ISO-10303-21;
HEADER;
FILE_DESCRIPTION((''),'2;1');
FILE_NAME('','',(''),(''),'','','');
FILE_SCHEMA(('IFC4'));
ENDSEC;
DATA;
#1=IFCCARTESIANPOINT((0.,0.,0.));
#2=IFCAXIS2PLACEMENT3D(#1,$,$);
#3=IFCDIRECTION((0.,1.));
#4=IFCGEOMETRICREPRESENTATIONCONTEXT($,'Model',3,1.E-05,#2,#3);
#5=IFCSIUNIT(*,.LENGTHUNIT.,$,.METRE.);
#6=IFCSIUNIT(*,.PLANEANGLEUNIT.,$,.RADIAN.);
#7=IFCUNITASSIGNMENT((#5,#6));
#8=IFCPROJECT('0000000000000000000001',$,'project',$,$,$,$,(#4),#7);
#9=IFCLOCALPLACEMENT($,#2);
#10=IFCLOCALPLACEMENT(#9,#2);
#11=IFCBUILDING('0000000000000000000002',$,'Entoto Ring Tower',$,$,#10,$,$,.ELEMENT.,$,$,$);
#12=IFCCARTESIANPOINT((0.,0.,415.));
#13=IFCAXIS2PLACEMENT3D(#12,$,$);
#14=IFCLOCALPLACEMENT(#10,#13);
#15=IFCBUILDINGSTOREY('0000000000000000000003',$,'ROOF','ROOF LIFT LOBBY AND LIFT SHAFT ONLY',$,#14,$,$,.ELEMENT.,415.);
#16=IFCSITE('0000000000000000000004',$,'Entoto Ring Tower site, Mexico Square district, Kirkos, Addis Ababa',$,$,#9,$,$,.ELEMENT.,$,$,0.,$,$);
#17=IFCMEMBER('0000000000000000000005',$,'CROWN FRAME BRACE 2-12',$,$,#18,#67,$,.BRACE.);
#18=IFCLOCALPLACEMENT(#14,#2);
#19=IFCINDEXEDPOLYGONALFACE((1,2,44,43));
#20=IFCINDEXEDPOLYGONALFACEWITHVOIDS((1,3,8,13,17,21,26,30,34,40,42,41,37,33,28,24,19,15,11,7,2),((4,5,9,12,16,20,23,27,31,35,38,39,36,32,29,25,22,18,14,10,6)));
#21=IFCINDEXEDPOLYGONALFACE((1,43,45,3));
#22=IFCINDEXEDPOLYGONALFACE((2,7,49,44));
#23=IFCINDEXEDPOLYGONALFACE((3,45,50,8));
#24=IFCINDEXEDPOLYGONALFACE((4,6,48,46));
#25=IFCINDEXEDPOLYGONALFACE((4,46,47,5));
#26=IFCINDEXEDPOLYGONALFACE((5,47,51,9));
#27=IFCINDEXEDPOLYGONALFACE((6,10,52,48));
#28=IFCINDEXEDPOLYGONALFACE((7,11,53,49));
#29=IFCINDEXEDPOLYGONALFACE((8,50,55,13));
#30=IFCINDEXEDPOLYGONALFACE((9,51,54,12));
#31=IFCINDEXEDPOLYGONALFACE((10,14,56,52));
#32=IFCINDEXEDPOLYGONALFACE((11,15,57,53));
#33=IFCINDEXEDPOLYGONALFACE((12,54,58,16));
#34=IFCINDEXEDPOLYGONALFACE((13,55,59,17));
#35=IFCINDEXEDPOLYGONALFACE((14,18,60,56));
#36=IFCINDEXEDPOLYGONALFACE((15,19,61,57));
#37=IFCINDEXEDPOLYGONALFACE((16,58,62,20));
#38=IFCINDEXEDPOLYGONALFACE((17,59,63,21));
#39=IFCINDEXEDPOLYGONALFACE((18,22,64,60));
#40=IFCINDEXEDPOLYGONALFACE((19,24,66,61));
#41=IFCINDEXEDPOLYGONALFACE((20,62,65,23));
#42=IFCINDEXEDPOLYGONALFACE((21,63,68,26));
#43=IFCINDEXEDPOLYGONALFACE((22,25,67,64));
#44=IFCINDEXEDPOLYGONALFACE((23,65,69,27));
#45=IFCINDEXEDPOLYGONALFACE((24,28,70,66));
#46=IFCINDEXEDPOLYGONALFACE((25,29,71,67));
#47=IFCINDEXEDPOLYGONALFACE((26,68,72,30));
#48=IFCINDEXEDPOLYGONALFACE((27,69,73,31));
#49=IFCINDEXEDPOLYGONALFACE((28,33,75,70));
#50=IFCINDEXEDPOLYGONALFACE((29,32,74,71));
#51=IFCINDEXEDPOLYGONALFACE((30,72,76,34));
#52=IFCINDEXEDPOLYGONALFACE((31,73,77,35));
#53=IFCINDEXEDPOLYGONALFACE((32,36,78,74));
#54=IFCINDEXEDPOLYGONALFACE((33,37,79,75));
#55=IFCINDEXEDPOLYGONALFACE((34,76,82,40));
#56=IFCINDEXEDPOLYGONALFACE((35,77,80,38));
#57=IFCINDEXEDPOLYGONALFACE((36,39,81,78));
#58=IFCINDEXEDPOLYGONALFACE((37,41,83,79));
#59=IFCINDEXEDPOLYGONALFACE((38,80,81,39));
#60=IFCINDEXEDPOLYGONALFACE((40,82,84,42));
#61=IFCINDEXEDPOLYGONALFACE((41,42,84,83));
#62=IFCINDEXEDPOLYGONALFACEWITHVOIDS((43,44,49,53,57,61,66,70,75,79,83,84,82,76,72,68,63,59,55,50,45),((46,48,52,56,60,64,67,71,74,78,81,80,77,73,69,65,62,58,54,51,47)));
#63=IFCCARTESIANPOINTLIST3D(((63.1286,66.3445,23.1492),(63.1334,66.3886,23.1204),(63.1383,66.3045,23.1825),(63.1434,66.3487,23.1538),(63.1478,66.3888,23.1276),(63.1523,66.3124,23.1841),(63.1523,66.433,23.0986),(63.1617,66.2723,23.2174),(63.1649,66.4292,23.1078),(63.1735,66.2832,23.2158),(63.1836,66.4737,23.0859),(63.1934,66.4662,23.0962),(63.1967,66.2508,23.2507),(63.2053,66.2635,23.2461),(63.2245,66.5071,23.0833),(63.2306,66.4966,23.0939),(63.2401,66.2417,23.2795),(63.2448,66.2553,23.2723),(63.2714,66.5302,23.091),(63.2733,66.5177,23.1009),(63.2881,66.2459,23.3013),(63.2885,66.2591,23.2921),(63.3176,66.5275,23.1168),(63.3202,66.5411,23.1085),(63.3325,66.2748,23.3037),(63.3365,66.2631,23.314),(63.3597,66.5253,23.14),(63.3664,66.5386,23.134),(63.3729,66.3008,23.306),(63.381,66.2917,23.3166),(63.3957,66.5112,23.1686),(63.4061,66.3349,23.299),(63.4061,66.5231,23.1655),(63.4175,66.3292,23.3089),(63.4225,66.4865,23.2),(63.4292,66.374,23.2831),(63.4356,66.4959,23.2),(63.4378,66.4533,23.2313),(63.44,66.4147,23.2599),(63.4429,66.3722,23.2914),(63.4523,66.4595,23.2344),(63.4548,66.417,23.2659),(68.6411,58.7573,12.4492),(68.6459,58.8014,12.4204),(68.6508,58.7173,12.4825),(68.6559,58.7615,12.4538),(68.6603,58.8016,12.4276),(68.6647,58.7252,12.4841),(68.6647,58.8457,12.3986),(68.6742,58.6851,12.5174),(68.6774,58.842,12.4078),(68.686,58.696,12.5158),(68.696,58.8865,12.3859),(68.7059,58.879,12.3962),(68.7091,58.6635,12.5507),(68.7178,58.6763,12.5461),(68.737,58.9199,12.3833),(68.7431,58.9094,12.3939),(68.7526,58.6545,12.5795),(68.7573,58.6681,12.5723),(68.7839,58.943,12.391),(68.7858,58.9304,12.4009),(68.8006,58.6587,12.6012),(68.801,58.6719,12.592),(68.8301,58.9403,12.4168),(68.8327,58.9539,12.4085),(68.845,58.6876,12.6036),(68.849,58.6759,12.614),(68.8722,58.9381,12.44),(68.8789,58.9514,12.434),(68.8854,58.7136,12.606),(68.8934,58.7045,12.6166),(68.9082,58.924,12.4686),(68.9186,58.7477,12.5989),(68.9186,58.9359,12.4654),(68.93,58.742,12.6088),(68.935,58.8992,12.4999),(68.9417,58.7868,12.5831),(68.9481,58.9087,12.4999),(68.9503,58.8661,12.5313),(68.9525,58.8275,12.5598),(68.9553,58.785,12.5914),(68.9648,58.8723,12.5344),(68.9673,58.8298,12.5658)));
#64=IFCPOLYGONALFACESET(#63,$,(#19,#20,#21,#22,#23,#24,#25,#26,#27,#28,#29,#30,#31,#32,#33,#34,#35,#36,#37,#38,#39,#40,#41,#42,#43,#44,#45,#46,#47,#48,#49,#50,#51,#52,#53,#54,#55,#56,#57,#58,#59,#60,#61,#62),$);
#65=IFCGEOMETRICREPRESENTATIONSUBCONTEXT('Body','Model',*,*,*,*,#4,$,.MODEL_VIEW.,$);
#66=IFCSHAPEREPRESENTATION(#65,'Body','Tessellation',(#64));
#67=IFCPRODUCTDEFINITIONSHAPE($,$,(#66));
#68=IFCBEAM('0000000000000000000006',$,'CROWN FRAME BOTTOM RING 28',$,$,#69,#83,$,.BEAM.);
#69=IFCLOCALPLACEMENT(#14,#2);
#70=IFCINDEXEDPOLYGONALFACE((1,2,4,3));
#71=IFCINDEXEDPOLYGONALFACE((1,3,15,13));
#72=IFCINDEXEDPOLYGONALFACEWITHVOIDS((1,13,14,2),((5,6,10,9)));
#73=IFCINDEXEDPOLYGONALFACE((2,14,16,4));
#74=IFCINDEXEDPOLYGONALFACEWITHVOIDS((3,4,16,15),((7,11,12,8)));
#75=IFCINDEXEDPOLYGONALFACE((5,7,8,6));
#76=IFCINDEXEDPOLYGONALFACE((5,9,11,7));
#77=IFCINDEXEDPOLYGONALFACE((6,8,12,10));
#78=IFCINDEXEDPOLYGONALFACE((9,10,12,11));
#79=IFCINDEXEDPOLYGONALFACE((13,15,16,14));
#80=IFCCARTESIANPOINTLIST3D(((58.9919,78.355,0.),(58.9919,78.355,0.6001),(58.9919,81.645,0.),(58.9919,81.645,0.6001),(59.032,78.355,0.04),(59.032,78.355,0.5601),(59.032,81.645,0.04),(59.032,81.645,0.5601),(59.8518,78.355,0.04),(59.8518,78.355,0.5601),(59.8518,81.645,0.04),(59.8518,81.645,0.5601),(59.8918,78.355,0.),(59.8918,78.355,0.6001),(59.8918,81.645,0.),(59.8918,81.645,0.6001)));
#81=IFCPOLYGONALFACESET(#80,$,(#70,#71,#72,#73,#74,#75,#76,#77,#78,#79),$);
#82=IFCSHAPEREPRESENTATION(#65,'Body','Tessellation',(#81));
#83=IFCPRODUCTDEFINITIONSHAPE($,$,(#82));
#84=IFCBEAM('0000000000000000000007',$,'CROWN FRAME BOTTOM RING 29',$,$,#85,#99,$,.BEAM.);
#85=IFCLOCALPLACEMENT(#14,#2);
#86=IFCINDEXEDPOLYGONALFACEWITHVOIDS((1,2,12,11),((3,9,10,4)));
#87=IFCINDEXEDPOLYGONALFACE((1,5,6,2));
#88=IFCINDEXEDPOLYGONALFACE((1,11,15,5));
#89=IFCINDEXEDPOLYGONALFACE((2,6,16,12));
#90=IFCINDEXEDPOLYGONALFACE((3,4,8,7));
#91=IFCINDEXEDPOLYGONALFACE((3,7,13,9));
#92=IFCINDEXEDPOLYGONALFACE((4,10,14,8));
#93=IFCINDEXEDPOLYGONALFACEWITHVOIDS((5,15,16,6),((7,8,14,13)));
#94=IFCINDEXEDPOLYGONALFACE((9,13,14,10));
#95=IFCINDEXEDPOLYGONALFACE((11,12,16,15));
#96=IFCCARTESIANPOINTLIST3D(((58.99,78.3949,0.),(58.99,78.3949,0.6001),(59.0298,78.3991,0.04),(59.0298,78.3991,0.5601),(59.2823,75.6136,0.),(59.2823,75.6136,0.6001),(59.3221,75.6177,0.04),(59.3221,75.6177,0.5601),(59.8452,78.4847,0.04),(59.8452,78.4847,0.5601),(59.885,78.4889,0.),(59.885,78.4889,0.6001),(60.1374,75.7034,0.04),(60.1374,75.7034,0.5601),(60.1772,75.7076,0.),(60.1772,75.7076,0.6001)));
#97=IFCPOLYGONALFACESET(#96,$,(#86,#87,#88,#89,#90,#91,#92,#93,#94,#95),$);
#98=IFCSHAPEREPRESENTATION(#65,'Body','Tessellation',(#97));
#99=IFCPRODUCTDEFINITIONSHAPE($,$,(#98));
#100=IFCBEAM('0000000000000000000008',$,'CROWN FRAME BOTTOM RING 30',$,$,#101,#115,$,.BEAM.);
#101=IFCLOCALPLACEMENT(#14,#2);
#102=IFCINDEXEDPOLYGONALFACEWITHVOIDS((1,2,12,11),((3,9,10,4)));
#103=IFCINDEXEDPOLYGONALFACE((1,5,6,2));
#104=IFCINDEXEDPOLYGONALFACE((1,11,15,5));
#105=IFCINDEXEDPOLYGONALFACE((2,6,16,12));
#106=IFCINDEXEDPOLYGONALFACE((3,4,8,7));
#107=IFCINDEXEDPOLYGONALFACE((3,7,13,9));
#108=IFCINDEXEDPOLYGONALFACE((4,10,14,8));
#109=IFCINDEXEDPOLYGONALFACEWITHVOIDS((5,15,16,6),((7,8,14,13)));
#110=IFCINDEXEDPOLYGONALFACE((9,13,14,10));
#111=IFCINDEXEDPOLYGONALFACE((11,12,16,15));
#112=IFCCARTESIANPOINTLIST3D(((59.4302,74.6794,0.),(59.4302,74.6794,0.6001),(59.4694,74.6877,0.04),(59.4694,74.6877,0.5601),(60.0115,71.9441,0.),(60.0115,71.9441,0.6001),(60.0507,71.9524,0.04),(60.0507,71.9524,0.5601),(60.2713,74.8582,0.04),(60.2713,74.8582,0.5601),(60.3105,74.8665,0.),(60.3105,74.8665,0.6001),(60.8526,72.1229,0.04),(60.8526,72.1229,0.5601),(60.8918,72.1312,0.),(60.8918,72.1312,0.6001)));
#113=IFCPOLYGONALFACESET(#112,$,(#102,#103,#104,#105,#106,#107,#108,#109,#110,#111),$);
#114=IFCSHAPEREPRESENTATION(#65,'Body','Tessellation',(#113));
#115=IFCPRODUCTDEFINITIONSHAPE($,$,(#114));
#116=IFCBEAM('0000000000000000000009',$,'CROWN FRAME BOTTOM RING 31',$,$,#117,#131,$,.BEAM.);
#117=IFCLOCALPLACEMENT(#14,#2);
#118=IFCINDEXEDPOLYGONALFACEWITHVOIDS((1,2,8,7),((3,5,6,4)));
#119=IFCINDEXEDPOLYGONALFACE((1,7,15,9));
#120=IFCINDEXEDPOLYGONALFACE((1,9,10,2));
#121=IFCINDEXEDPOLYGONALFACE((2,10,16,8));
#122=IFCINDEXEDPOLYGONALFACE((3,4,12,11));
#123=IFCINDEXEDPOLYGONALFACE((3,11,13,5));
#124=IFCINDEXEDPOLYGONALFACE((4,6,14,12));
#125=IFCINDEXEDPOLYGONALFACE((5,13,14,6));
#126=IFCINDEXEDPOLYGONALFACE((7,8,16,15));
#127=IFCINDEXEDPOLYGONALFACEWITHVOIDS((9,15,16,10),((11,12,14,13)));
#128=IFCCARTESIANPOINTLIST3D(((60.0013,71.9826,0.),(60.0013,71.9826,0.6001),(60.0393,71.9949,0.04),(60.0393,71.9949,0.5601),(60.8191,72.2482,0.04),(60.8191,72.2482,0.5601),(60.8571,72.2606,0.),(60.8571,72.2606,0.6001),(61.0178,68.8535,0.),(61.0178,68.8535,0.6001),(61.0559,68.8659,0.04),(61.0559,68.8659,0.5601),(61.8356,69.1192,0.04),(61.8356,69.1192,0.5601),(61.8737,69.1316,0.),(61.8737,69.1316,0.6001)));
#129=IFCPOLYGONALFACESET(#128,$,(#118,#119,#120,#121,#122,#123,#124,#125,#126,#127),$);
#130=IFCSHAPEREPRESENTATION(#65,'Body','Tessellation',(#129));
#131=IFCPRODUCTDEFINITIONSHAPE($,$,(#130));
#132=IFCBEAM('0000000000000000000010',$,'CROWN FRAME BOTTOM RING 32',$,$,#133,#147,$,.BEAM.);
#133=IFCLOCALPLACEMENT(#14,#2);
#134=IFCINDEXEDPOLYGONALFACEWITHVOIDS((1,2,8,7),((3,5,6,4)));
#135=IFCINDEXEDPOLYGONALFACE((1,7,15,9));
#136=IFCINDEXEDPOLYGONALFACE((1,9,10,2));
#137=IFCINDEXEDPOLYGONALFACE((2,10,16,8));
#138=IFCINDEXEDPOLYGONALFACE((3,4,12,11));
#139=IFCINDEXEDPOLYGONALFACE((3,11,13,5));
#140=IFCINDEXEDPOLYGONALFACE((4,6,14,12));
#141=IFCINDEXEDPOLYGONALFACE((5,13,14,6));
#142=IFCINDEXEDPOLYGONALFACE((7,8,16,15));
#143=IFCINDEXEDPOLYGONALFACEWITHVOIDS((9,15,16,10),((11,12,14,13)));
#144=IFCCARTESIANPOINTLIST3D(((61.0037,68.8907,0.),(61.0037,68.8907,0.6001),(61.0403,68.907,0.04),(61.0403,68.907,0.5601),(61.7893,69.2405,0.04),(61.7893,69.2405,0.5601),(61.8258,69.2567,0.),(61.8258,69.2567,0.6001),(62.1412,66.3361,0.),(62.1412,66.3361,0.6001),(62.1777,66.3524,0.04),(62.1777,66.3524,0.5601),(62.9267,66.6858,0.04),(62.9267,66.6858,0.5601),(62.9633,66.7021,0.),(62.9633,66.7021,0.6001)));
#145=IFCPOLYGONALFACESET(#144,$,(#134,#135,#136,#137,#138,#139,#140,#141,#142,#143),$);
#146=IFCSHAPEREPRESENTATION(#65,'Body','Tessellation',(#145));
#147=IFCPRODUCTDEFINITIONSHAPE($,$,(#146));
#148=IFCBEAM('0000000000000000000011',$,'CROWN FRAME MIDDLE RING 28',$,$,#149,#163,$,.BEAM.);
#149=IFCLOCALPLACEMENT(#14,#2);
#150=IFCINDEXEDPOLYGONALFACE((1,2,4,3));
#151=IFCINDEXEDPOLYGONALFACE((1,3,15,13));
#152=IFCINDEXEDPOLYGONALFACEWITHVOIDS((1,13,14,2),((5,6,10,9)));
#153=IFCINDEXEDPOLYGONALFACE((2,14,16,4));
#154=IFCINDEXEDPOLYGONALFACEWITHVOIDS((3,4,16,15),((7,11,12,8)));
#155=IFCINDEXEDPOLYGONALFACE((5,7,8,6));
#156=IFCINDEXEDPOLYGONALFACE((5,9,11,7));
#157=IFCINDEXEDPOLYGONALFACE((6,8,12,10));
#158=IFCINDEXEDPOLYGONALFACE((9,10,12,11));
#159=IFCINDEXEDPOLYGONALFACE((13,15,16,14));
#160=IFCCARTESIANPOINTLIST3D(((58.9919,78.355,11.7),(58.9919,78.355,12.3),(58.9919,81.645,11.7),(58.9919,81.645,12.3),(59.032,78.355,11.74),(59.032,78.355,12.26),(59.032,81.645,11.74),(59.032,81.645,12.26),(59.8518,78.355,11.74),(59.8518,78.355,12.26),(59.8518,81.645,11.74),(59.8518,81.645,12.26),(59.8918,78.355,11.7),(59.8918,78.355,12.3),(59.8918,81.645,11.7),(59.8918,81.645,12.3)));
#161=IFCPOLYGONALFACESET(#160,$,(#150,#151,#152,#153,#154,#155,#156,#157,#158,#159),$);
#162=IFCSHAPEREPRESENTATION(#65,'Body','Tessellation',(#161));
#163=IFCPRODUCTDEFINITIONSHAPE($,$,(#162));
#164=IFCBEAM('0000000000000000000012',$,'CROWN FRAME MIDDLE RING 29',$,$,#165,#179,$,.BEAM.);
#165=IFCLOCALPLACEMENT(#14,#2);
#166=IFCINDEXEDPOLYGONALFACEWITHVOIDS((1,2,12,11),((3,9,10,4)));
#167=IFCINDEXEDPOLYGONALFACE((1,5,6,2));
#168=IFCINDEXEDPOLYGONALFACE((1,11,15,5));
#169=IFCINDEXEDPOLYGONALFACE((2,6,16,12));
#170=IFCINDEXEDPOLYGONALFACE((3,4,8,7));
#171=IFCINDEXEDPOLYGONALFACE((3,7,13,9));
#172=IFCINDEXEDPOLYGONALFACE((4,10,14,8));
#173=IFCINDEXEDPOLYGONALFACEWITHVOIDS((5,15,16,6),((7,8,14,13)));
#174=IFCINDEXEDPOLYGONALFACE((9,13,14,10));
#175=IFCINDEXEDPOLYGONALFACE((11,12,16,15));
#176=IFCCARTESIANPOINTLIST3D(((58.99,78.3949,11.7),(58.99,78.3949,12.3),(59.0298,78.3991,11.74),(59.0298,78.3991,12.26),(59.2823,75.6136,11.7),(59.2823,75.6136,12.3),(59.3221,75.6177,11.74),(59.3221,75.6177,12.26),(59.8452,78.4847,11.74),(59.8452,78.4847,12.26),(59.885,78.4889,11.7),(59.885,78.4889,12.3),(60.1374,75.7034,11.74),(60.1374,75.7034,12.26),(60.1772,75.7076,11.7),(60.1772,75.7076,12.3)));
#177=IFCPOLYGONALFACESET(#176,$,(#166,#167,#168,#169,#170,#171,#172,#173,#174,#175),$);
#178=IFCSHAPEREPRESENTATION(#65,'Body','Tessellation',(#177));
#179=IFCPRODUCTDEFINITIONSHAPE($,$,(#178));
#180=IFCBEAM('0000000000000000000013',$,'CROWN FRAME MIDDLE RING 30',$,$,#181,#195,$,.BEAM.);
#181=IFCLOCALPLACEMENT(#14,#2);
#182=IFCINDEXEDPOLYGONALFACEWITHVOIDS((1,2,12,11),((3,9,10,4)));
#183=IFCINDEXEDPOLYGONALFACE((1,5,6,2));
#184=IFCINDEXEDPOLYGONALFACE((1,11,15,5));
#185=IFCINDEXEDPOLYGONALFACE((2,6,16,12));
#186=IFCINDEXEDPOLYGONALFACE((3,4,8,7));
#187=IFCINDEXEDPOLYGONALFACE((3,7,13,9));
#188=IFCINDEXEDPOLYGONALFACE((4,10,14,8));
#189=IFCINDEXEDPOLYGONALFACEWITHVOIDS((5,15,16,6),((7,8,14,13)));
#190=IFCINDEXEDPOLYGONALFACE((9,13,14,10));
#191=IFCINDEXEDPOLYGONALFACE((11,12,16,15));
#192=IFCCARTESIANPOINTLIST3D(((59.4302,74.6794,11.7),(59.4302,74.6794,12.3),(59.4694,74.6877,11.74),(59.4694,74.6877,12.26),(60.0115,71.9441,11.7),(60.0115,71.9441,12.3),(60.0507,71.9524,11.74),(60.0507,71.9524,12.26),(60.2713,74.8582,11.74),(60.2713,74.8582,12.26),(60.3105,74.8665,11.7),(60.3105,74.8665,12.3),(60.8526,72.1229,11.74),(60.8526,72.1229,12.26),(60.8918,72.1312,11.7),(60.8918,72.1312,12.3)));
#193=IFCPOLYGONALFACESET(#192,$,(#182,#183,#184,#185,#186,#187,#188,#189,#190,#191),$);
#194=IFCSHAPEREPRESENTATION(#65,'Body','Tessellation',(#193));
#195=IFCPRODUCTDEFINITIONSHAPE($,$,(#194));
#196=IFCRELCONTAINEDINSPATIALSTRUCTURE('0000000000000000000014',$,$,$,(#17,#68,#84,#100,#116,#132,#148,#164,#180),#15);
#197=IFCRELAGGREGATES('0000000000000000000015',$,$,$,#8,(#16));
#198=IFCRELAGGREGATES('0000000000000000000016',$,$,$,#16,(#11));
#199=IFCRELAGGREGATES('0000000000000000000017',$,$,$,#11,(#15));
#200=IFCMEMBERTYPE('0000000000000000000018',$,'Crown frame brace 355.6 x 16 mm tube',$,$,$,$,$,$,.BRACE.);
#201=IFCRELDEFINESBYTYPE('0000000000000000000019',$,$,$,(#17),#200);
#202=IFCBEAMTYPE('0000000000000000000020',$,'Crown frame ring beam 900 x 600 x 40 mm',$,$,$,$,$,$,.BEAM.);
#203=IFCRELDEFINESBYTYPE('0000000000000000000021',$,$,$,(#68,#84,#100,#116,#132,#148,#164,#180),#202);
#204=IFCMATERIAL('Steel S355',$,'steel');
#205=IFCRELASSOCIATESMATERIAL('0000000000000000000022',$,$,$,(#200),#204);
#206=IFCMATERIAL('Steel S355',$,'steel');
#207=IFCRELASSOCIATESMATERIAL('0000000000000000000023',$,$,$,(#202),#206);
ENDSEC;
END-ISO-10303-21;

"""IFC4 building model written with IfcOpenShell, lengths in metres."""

from ifc_helpers import new_model, si_unit, direction, frame, origin, origin_2d, place, context, subcontext, project, spatial, hollow_rectangle, hollow_circle, extrude, material, material_profile, profile_set, type_object, element, save


model = new_model("IFC4")

# Units and contexts
model_context = context("Model", 3, precision=1e-05, world=origin(), true_north=direction((0.0, 1.0)))
body_context = subcontext(model_context, "Body", "Model", "MODEL_VIEW")
ifc_project = project(units=[si_unit("LENGTHUNIT", "METRE"), si_unit("PLANEANGLEUNIT", "RADIAN")], contexts=[model_context])

# Site, building, storey
site_placement = place(None, origin())
site = spatial("IfcSite", under=ifc_project, at=site_placement, Name="Entoto Ring Tower site, Mexico Square district, Kirkos, Addis Ababa", CompositionType="ELEMENT", RefElevation=0.0)
building_placement = place(site_placement, origin())
building = spatial("IfcBuilding", under=site, at=building_placement, Name="Entoto Ring Tower", CompositionType="ELEMENT")
storey_placement = place(building_placement, frame((0.0, 0.0, 415.0)))
storey = spatial("IfcBuildingStorey", under=building, at=storey_placement, Name="ROOF", Description="ROOF LIFT LOBBY AND LIFT SHAFT ONLY", CompositionType="ELEMENT", Elevation=415.0)

# Member
ifc_material_1 = material(Name="Steel S355", Category="steel")
ifc_material_profile_1 = material_profile(ifc_material_1, hollow_circle(Radius=0.1775, WallThickness=0.0161, at=origin_2d()), Name="Crown frame brace 355.6 x 16 mm tube")
ifc_profile_set_1 = profile_set([ifc_material_profile_1], Name="Steel S355")
member_type_1 = type_object("IfcMemberType", Name="Crown frame brace 355.6 x 16 mm tube", PredefinedType="BRACE", material=ifc_profile_set_1)
member_1_placement = place(storey_placement, frame((63.292, 66.3916, 23.2), z_axis=(0.387432, -0.533249, -0.752025), x_axis=(0.809014, 0.587789, 0.0)))
element("IfcMember", 1, at=member_1_placement, inside=storey, type_object=member_type_1, Name="CROWN FRAME BRACE 2-12", PredefinedType="BRACE", context=body_context, shape_type="SweptSolid", body=[
    extrude(hollow_circle(Radius=0.1775, WallThickness=0.0161, at=origin_2d()), origin(), (0.0, 0.0, 1.0), 14.2283),
])

# Beams
ifc_material_2 = material(Name="Steel S355", Category="steel")
ifc_material_profile_2 = material_profile(ifc_material_2, hollow_rectangle(XDim=0.8999, YDim=0.6001, WallThickness=0.04, at=origin_2d()), Name="Crown frame ring beam 900 x 600 x 40 mm")
ifc_profile_set_2 = profile_set([ifc_material_profile_2], Name="Steel S355")
beam_type_1 = type_object("IfcBeamType", Name="Crown frame ring beam 900 x 600 x 40 mm", PredefinedType="BEAM", material=ifc_profile_set_2)
beam_1_placement = place(storey_placement, frame((59.4419, 81.645, 0.3), z_axis=(0.0, -1.0, 0.0), x_axis=(1.0, 0.0, 0.0)))
element("IfcBeam", 2, at=beam_1_placement, inside=storey, type_object=beam_type_1, Name="CROWN FRAME BOTTOM RING 28", PredefinedType="BEAM", context=body_context, shape_type="SweptSolid", body=[
    extrude(hollow_rectangle(XDim=0.8999, YDim=0.6001, WallThickness=0.04, at=origin_2d()), origin(), (0.0, 0.0, 1.0), 3.29),
])
beam_2_placement = place(storey_placement, frame((59.4375, 78.4419, 0.3), z_axis=(0.104498, -0.994525, 0.0), x_axis=(0.994525, 0.104498, 0.0)))
element("IfcBeam", 3, at=beam_2_placement, inside=storey, type_object=beam_type_1, Name="CROWN FRAME BOTTOM RING 29", PredefinedType="BEAM", context=body_context, shape_type="SweptSolid", body=[
    extrude(hollow_rectangle(XDim=0.8999, YDim=0.6001, WallThickness=0.04, at=origin_2d()), origin(), (0.0, 0.0, 1.0), 2.7966),
])
beam_3_placement = place(storey_placement, frame((59.8704, 74.7729, 0.3), z_axis=(0.207871, -0.978156, 0.0), x_axis=(0.978156, 0.207871, 0.0)))
element("IfcBeam", 4, at=beam_3_placement, inside=storey, type_object=beam_type_1, Name="CROWN FRAME BOTTOM RING 30", PredefinedType="BEAM", context=body_context, shape_type="SweptSolid", body=[
    extrude(hollow_rectangle(XDim=0.8999, YDim=0.6001, WallThickness=0.04, at=origin_2d()), origin(), (0.0, 0.0, 1.0), 2.7964),
])
beam_4_placement = place(storey_placement, frame((60.4292, 72.1216, 0.3), z_axis=(0.308984, -0.951067, 0.0), x_axis=(0.951067, 0.308984, 0.0)))
element("IfcBeam", 5, at=beam_4_placement, inside=storey, type_object=beam_type_1, Name="CROWN FRAME BOTTOM RING 31", PredefinedType="BEAM", context=body_context, shape_type="SweptSolid", body=[
    extrude(hollow_rectangle(XDim=0.8999, YDim=0.6001, WallThickness=0.04, at=origin_2d()), origin(), (0.0, 0.0, 1.0), 3.29),
])
beam_5_placement = place(storey_placement, frame((61.4148, 69.0737, 0.3), z_axis=(0.406746, -0.913541, 0.0), x_axis=(0.913541, 0.406746, 0.0)))
element("IfcBeam", 6, at=beam_5_placement, inside=storey, type_object=beam_type_1, Name="CROWN FRAME BOTTOM RING 32", PredefinedType="BEAM", context=body_context, shape_type="SweptSolid", body=[
    extrude(hollow_rectangle(XDim=0.8999, YDim=0.6001, WallThickness=0.04, at=origin_2d()), origin(), (0.0, 0.0, 1.0), 2.7964),
])
beam_6_placement = place(storey_placement, frame((59.4419, 81.645, 12.0), z_axis=(0.0, -1.0, 0.0), x_axis=(1.0, 0.0, 0.0)))
element("IfcBeam", 7, at=beam_6_placement, inside=storey, type_object=beam_type_1, Name="CROWN FRAME MIDDLE RING 28", PredefinedType="BEAM", context=body_context, shape_type="SweptSolid", body=[
    extrude(hollow_rectangle(XDim=0.8999, YDim=0.6001, WallThickness=0.04, at=origin_2d()), origin(), (0.0, 0.0, 1.0), 3.29),
])
beam_7_placement = place(storey_placement, frame((59.4375, 78.4419, 12.0), z_axis=(0.104498, -0.994525, 0.0), x_axis=(0.994525, 0.104498, 0.0)))
element("IfcBeam", 8, at=beam_7_placement, inside=storey, type_object=beam_type_1, Name="CROWN FRAME MIDDLE RING 29", PredefinedType="BEAM", context=body_context, shape_type="SweptSolid", body=[
    extrude(hollow_rectangle(XDim=0.8999, YDim=0.6001, WallThickness=0.04, at=origin_2d()), origin(), (0.0, 0.0, 1.0), 2.7966),
])
beam_8_placement = place(storey_placement, frame((59.8704, 74.7729, 12.0), z_axis=(0.207871, -0.978156, 0.0), x_axis=(0.978156, 0.207871, 0.0)))
element("IfcBeam", 9, at=beam_8_placement, inside=storey, type_object=beam_type_1, Name="CROWN FRAME MIDDLE RING 30", PredefinedType="BEAM", context=body_context, shape_type="SweptSolid", body=[
    extrude(hollow_rectangle(XDim=0.8999, YDim=0.6001, WallThickness=0.04, at=origin_2d()), origin(), (0.0, 0.0, 1.0), 2.7964),
])

save(model, "model.ifc")
